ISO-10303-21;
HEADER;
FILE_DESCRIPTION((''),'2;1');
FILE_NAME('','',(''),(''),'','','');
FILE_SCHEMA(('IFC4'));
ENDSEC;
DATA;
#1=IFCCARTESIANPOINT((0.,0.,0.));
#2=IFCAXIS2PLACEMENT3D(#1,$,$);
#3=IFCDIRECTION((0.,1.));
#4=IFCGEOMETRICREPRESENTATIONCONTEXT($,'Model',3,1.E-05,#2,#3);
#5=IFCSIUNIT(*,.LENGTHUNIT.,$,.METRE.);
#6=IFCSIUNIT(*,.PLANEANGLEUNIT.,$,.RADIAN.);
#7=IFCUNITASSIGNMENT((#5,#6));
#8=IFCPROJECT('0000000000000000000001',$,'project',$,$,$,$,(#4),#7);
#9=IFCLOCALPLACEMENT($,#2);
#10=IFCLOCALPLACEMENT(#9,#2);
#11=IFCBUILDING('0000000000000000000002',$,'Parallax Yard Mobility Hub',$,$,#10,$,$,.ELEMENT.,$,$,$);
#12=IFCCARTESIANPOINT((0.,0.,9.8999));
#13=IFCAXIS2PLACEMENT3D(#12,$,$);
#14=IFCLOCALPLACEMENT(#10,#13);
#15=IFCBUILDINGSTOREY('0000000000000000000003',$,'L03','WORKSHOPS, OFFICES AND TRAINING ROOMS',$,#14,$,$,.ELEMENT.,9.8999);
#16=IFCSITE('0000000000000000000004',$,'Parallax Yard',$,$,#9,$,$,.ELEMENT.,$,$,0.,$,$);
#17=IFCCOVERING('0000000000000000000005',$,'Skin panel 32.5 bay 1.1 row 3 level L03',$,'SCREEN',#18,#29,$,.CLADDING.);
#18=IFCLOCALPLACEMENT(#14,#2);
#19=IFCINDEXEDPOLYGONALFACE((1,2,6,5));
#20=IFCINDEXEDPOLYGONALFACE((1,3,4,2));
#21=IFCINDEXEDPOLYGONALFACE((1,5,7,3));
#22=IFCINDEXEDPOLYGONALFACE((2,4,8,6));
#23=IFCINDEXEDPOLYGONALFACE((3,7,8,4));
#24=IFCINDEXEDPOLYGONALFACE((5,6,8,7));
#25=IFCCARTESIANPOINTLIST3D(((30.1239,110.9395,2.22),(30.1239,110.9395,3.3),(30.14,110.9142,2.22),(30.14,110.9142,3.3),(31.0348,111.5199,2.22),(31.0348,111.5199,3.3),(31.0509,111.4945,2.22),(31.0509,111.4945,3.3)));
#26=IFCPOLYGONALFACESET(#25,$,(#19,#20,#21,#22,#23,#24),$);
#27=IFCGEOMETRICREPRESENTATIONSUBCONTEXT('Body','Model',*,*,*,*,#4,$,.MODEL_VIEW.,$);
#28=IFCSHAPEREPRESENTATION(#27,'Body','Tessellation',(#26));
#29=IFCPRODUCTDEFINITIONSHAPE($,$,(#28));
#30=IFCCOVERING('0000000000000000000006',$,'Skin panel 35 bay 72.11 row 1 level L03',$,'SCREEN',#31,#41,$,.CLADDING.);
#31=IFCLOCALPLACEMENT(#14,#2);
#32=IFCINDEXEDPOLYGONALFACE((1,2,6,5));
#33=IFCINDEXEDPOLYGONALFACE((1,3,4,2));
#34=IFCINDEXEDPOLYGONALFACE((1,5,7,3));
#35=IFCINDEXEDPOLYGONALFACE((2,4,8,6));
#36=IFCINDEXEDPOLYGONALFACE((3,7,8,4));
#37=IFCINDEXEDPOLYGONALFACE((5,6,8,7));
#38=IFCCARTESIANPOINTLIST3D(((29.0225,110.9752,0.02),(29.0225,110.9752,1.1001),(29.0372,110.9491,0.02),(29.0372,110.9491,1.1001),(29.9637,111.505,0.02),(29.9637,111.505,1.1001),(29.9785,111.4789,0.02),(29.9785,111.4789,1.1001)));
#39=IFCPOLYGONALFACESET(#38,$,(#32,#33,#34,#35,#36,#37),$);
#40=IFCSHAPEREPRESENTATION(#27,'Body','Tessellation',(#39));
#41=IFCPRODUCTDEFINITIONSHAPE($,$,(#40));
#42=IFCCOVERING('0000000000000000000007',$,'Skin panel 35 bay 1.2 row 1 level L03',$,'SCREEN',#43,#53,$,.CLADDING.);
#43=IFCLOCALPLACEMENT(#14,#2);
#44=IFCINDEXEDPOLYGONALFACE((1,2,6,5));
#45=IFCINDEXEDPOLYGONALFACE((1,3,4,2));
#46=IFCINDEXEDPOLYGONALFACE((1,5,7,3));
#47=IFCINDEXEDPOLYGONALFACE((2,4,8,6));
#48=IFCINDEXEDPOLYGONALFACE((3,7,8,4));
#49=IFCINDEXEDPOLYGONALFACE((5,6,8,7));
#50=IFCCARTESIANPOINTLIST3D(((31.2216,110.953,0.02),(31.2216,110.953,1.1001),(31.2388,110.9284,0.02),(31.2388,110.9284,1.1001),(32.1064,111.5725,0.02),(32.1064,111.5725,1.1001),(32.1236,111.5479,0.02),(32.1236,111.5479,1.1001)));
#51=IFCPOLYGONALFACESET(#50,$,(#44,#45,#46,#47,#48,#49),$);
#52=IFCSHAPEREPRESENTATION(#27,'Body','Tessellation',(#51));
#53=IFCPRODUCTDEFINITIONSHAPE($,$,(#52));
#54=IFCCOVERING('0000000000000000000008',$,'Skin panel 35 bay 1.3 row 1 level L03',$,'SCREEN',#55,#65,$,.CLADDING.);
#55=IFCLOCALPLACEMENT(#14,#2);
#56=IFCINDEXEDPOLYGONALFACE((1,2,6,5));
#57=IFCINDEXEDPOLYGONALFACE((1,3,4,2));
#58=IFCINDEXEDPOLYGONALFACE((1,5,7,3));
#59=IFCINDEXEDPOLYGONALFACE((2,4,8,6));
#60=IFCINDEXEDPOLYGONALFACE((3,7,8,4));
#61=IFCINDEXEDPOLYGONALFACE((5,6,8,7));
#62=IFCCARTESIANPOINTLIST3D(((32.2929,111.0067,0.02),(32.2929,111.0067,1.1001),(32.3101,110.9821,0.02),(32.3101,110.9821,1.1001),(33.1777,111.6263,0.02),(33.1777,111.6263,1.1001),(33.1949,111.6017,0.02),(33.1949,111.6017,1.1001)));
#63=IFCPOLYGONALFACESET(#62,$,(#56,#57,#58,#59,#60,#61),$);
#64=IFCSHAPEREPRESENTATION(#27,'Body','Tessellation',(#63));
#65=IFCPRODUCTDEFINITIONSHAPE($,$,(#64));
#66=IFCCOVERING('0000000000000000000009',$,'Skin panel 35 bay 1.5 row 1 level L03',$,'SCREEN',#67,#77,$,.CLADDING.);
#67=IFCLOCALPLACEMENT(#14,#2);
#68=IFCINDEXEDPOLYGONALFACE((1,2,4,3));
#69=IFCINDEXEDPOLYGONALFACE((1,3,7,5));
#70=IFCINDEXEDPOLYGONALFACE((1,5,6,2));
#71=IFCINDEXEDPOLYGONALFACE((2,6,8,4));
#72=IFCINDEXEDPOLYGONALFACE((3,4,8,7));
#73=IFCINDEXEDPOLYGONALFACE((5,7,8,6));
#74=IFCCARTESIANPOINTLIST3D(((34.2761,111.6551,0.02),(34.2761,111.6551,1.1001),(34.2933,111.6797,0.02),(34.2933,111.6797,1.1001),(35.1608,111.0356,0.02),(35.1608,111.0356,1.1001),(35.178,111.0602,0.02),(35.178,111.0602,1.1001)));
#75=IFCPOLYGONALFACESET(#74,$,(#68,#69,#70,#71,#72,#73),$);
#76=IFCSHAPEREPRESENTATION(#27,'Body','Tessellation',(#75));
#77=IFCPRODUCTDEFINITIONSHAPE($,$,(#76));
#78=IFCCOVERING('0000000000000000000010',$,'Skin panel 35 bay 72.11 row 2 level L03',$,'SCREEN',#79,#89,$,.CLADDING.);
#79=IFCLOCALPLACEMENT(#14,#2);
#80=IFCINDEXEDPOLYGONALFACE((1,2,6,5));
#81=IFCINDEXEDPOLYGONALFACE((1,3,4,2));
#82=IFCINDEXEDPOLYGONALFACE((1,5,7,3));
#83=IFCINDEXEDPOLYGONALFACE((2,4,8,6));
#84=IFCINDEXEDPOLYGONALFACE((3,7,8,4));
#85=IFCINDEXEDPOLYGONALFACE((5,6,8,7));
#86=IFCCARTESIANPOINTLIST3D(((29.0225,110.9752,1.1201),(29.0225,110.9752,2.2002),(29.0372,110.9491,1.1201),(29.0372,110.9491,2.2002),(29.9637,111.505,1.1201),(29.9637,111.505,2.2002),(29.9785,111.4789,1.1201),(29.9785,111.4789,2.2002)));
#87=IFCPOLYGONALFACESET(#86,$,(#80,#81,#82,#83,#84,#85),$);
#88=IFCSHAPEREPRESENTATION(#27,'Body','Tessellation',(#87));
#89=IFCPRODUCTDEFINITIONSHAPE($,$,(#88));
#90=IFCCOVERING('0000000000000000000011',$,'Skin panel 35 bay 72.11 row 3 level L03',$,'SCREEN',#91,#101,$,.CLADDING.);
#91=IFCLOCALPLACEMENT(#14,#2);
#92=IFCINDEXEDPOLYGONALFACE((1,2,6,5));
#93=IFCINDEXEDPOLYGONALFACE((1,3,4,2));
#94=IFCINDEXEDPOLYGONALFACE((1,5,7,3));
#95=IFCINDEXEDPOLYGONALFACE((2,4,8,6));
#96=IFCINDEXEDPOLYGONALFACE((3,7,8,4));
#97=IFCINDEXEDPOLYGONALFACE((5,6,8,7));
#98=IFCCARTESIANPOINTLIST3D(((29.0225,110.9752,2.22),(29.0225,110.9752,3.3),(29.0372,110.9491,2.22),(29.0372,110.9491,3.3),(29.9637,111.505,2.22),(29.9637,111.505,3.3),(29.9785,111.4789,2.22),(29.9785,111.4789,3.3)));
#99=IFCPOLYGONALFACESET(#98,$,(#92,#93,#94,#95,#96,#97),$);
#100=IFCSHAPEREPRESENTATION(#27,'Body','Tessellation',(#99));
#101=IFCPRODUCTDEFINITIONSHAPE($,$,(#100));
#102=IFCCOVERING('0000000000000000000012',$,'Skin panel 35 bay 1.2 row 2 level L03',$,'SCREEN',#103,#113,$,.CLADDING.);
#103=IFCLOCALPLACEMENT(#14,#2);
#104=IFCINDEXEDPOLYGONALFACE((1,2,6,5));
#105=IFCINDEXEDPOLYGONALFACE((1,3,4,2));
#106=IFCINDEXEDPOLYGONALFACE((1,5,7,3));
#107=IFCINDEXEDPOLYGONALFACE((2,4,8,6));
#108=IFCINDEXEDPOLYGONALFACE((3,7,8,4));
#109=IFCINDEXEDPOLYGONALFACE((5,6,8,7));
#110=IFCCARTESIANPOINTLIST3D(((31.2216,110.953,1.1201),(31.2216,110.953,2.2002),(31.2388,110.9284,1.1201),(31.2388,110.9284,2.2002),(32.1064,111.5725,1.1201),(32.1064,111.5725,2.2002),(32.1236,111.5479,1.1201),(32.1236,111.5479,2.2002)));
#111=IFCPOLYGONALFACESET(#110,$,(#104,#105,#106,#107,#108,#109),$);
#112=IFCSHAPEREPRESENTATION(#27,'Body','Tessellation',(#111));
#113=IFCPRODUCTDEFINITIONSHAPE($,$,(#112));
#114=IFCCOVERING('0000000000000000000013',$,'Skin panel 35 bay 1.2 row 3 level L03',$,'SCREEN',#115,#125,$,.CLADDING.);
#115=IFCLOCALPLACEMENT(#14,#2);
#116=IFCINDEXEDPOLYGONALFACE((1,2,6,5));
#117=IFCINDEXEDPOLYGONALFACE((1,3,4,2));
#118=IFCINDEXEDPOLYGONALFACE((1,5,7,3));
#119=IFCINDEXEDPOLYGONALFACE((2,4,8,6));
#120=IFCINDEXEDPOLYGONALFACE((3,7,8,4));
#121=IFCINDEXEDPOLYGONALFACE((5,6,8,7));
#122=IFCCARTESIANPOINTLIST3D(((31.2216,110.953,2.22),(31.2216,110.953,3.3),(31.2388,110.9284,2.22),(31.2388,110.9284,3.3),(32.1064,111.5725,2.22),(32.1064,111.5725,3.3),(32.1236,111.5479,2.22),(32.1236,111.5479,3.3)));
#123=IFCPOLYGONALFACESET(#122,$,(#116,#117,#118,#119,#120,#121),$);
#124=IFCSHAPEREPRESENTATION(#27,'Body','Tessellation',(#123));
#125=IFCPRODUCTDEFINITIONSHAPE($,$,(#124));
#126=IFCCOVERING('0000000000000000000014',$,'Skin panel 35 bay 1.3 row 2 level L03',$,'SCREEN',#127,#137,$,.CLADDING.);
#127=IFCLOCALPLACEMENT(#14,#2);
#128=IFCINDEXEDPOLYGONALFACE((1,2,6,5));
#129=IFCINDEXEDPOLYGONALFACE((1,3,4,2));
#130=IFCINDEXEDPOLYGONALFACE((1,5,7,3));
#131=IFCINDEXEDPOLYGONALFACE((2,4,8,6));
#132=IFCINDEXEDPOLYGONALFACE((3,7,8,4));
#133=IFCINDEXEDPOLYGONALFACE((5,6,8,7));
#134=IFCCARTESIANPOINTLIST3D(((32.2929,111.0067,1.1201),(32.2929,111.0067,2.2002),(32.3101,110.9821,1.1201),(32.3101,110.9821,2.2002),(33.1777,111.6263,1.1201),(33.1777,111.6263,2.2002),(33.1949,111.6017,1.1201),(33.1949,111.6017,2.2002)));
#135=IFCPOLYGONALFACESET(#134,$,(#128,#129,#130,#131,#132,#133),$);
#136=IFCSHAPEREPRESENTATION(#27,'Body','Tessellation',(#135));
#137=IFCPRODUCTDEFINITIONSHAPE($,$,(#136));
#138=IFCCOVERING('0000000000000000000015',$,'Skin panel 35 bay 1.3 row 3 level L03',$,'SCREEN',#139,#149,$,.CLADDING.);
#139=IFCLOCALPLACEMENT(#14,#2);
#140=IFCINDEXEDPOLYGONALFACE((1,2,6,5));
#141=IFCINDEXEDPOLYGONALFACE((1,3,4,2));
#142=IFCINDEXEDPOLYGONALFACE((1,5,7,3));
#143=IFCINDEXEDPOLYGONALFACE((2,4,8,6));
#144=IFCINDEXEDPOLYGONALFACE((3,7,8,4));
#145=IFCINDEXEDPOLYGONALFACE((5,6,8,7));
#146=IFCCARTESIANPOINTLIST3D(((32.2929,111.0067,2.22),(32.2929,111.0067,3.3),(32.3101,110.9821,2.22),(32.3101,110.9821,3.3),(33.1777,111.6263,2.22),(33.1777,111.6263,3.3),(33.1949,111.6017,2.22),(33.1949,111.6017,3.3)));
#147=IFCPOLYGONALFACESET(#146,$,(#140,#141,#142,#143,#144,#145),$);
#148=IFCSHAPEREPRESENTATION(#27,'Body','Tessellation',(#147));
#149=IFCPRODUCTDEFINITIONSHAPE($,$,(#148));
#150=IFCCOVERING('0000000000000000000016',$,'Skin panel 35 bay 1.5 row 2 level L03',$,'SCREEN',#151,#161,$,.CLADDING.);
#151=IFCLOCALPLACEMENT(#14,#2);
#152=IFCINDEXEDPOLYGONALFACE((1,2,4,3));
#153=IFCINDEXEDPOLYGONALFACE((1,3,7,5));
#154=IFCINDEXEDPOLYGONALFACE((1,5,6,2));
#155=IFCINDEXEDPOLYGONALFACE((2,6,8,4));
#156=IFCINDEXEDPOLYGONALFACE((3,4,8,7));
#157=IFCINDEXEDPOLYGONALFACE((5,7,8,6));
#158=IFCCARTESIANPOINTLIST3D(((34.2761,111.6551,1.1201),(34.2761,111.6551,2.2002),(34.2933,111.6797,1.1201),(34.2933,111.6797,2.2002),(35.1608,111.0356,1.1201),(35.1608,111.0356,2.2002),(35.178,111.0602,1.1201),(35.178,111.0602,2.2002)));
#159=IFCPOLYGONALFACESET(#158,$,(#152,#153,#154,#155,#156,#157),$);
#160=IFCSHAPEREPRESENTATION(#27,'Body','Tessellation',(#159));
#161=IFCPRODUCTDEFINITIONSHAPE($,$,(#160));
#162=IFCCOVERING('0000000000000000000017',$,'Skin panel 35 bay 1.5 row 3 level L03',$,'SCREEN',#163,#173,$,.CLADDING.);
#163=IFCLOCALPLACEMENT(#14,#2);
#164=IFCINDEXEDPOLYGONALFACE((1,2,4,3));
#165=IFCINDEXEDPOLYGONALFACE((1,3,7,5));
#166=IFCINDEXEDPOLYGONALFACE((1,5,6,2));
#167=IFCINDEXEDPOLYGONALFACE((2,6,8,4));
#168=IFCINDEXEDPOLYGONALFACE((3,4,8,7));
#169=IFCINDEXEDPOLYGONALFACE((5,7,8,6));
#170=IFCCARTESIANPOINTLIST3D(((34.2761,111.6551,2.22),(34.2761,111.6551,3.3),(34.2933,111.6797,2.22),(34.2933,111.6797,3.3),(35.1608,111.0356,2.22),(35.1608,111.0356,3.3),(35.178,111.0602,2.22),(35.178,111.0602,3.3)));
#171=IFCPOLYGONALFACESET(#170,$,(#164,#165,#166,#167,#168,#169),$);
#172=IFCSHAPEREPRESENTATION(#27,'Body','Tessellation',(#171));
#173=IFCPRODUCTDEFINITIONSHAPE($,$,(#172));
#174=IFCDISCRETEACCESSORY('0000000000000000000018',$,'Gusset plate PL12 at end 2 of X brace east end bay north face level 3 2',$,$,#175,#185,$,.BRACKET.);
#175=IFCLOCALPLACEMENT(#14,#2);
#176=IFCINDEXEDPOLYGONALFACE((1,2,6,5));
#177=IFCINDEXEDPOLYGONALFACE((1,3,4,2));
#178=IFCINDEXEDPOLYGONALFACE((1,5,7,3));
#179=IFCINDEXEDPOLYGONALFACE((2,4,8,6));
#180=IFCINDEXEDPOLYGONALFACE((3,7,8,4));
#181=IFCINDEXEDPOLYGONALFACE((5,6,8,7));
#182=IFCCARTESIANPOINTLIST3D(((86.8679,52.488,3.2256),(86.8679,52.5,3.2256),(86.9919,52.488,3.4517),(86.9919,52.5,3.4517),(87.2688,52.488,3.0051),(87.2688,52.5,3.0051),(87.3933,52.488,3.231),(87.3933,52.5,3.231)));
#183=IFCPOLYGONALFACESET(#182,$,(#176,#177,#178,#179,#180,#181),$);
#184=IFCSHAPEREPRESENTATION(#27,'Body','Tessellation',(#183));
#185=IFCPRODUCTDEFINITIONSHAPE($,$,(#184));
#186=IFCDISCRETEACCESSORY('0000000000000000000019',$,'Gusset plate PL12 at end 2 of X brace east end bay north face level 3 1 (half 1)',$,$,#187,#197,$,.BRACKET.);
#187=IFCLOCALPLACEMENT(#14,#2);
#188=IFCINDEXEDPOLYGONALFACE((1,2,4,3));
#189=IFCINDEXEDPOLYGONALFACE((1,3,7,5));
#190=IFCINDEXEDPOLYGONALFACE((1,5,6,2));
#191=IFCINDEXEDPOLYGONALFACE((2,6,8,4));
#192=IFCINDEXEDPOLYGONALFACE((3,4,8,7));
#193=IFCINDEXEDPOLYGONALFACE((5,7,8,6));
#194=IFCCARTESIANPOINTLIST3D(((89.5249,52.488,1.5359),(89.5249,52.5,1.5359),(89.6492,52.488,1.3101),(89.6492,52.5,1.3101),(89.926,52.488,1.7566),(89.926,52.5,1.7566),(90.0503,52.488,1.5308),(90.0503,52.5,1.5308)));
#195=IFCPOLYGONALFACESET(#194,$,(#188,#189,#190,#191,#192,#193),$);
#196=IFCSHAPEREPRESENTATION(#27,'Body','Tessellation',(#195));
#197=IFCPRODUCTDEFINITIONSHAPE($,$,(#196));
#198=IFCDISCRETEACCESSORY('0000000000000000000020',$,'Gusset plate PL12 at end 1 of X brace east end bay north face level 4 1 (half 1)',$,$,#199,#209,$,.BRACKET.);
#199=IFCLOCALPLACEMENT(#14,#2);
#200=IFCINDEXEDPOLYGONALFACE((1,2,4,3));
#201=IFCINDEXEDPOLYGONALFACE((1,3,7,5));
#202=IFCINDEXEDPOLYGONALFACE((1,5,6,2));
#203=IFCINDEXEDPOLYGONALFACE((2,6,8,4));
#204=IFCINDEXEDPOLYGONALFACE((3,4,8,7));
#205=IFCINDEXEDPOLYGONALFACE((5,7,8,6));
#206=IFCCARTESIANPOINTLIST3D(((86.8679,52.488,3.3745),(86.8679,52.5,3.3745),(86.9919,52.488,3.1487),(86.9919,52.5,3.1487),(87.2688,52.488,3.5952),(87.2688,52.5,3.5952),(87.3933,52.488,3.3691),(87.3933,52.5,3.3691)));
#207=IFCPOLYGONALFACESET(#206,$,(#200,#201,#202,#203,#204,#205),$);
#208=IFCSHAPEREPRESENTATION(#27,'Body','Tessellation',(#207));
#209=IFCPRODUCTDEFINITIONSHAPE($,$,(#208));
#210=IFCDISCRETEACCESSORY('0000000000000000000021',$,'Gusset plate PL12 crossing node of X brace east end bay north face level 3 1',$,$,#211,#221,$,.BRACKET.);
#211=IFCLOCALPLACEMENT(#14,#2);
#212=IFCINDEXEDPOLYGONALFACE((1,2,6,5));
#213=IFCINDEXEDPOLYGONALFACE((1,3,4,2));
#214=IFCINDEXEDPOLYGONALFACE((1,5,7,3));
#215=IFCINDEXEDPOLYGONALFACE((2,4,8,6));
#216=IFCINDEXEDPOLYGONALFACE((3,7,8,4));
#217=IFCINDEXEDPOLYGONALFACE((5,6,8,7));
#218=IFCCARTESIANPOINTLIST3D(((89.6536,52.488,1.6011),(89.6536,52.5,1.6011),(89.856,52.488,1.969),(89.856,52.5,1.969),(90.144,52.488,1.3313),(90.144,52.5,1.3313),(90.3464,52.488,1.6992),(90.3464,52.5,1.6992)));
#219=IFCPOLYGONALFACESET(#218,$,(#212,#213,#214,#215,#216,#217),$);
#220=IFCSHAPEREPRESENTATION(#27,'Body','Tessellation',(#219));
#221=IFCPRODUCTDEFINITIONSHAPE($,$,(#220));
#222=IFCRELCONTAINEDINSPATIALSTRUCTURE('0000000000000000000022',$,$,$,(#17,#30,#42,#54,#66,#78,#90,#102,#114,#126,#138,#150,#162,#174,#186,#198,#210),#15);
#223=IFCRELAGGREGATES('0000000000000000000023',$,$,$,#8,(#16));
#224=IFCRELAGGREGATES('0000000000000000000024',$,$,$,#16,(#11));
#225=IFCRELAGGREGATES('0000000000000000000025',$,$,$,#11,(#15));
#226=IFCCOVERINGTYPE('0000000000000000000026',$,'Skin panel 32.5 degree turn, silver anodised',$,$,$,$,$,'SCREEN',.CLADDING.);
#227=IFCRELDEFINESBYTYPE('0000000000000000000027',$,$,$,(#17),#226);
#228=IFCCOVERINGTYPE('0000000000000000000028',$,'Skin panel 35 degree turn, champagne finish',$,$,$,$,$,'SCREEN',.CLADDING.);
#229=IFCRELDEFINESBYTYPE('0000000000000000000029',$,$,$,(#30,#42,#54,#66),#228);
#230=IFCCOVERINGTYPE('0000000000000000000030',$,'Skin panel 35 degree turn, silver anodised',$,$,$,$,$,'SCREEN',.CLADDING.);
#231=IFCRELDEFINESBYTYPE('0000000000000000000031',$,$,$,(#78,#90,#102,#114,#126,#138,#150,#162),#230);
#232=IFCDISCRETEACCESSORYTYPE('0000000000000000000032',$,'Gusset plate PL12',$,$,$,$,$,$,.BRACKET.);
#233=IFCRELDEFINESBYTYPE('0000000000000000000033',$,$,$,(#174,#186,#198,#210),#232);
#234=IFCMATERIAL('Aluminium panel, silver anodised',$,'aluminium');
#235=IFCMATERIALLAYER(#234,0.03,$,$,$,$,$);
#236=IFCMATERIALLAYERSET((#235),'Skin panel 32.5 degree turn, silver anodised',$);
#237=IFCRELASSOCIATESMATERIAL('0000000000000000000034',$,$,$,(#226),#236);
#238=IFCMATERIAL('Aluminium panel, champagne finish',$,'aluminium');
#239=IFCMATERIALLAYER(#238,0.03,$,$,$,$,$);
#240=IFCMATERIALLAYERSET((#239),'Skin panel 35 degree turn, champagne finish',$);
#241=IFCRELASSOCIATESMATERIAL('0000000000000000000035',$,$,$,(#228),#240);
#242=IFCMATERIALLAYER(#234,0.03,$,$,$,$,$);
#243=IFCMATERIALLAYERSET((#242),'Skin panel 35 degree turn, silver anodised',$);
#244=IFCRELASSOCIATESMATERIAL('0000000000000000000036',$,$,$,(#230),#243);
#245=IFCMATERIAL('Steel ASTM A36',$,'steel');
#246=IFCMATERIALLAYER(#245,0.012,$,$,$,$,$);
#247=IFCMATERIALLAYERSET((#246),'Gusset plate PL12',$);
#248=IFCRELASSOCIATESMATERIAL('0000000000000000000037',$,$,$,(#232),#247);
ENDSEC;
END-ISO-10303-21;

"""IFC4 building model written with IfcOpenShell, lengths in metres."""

from ifc_helpers import new_model, si_unit, direction, frame, origin, origin_2d, place, context, subcontext, project, spatial, polyline, rectangle, outline, extrude, material, layer, layer_set, type_object, element, save


model = new_model("IFC4")

# Units and contexts
model_context = context("Model", 3, precision=1e-05, world=origin(), true_north=direction((0.0, 1.0)))
body_context = subcontext(model_context, "Body", "Model", "MODEL_VIEW")
ifc_project = project(units=[si_unit("LENGTHUNIT", "METRE"), si_unit("PLANEANGLEUNIT", "RADIAN")], contexts=[model_context])

# Site, building, storey
site_placement = place(None, origin())
site = spatial("IfcSite", under=ifc_project, at=site_placement, Name="Parallax Yard", CompositionType="ELEMENT", RefElevation=0.0)
building_placement = place(site_placement, origin())
building = spatial("IfcBuilding", under=site, at=building_placement, Name="Parallax Yard Mobility Hub", CompositionType="ELEMENT")
storey_placement = place(building_placement, frame((0.0, 0.0, 9.8999)))
storey = spatial("IfcBuildingStorey", under=building, at=storey_placement, Name="L03", Description="WORKSHOPS, OFFICES AND TRAINING ROOMS", CompositionType="ELEMENT", Elevation=9.8999)

# Coverings
ifc_material_1 = material(Name="Aluminium panel, champagne finish", Category="aluminium")
ifc_material_2 = material(Name="Aluminium panel, silver anodised", Category="aluminium")
ifc_layer_1 = layer(ifc_material_2, 0.03)
ifc_layer_set_1 = layer_set([ifc_layer_1], Name="Skin panel 32.5 degree turn, silver anodised")
covering_type_1 = type_object("IfcCoveringType", Name="Skin panel 32.5 degree turn, silver anodised", ElementType="SCREEN", PredefinedType="CLADDING", material=ifc_layer_set_1)
for number, where, z_axis, x_axis, name in (
    (1, (30.5874, 111.217, 2.22), (0.0, 0.0, 1.0), (-0.843391, -0.5373, 0.0), "Skin panel 32.5 bay 1.1 row 3 level L03"),
):
    element("IfcCovering", number, at=place(storey_placement, frame(where, z_axis=z_axis, x_axis=x_axis)), inside=storey, type_object=covering_type_1, Name=name, ObjectType="SCREEN", PredefinedType="CLADDING", context=body_context, shape_type="SweptSolid", body=[
        extrude(rectangle(XDim=1.0801, YDim=0.03, at=origin_2d()), origin(), (0.0, 0.0, 1.0), 1.0801),
    ])
ifc_layer_2 = layer(ifc_material_1, 0.03)
ifc_layer_set_2 = layer_set([ifc_layer_2], Name="Skin panel 35 degree turn, champagne finish")
covering_type_2 = type_object("IfcCoveringType", Name="Skin panel 35 degree turn, champagne finish", ElementType="SCREEN", PredefinedType="CLADDING", material=ifc_layer_set_2)
for number, where, z_axis, x_axis, name in (
    (2, (29.5005, 111.2271, 0.02), (0.0, 0.0, 1.0), (-0.871428, -0.490524, 0.0), "Skin panel 35 bay 72.11 row 1 level L03"),
    (3, (31.6726, 111.2505, 0.02), (0.0, 0.0, 1.0), (-0.819152, -0.573576, 0.0), "Skin panel 35 bay 1.2 row 1 level L03"),
    (4, (32.7439, 111.3042, 0.02), (0.0, 0.0, 1.0), (-0.819152, -0.573576, 0.0), "Skin panel 35 bay 1.3 row 1 level L03"),
    (5, (34.7271, 111.3577, 0.02), (0.0, 0.0, 1.0), (0.819152, -0.573576, 0.0), "Skin panel 35 bay 1.5 row 1 level L03"),
):
    element("IfcCovering", number, at=place(storey_placement, frame(where, z_axis=z_axis, x_axis=x_axis)), inside=storey, type_object=covering_type_2, Name=name, ObjectType="SCREEN", PredefinedType="CLADDING", context=body_context, shape_type="SweptSolid", body=[
        extrude(rectangle(XDim=1.0801, YDim=0.03, at=origin_2d()), origin(), (0.0, 0.0, 1.0), 1.0801),
    ])
ifc_layer_3 = layer(ifc_material_2, 0.03)
ifc_layer_set_3 = layer_set([ifc_layer_3], Name="Skin panel 35 degree turn, silver anodised")
covering_type_3 = type_object("IfcCoveringType", Name="Skin panel 35 degree turn, silver anodised", ElementType="SCREEN", PredefinedType="CLADDING", material=ifc_layer_set_3)
for number, where, z_axis, x_axis, name in (
    (6, (29.5005, 111.2271, 1.1201), (0.0, 0.0, 1.0), (-0.871428, -0.490524, 0.0), "Skin panel 35 bay 72.11 row 2 level L03"),
    (7, (29.5005, 111.2271, 2.22), (0.0, 0.0, 1.0), (-0.871428, -0.490524, 0.0), "Skin panel 35 bay 72.11 row 3 level L03"),
    (8, (31.6726, 111.2505, 1.1201), (0.0, 0.0, 1.0), (-0.819152, -0.573576, 0.0), "Skin panel 35 bay 1.2 row 2 level L03"),
    (9, (31.6726, 111.2505, 2.22), (0.0, 0.0, 1.0), (-0.819152, -0.573576, 0.0), "Skin panel 35 bay 1.2 row 3 level L03"),
    (10, (32.7439, 111.3042, 1.1201), (0.0, 0.0, 1.0), (-0.819152, -0.573576, 0.0), "Skin panel 35 bay 1.3 row 2 level L03"),
    (11, (32.7439, 111.3042, 2.22), (0.0, 0.0, 1.0), (-0.819152, -0.573576, 0.0), "Skin panel 35 bay 1.3 row 3 level L03"),
    (12, (34.7271, 111.3577, 1.1201), (0.0, 0.0, 1.0), (0.819152, -0.573576, 0.0), "Skin panel 35 bay 1.5 row 2 level L03"),
    (13, (34.7271, 111.3577, 2.22), (0.0, 0.0, 1.0), (0.819152, -0.573576, 0.0), "Skin panel 35 bay 1.5 row 3 level L03"),
):
    element("IfcCovering", number, at=place(storey_placement, frame(where, z_axis=z_axis, x_axis=x_axis)), inside=storey, type_object=covering_type_3, Name=name, ObjectType="SCREEN", PredefinedType="CLADDING", context=body_context, shape_type="SweptSolid", body=[
        extrude(rectangle(XDim=1.0801, YDim=0.03, at=origin_2d()), origin(), (0.0, 0.0, 1.0), 1.0801),
    ])

# Discrete accessories
ifc_material_3 = material(Name="Steel ASTM A36", Category="steel")
ifc_layer_4 = layer(ifc_material_3, 0.012)
ifc_layer_set_4 = layer_set([ifc_layer_4], Name="Gusset plate PL12")
discrete_accessory_type = type_object("IfcDiscreteAccessoryType", Name="Gusset plate PL12", PredefinedType="BRACKET", material=ifc_layer_set_4)
discrete_accessory_1_placement = place(storey_placement, frame((87.2688, 52.5, 3.0051), z_axis=(0.0, 1.0, 0.0), x_axis=(-0.876238, 0.0, 0.481878)))
element("IfcDiscreteAccessory", 14, at=discrete_accessory_1_placement, inside=storey, type_object=discrete_accessory_type, Name="Gusset plate PL12 at end 2 of X brace east end bay north face level 3 2", PredefinedType="BRACKET", context=body_context, shape_type="SweptSolid", body=[
    extrude(outline(polyline([(0.0, 0.0), (0.4575, 0.0), (0.4578, 0.2579), (-0.0003, 0.2579), (0.0, 0.0)])), origin(), (0.0, 0.0, -1.0), 0.012),
])
discrete_accessory_2_placement = place(storey_placement, frame((89.5249, 52.5, 1.5359), z_axis=(0.0, 1.0, 0.0), x_axis=(0.876137, 0.0, 0.482062)))
element("IfcDiscreteAccessory", 15, at=discrete_accessory_2_placement, inside=storey, type_object=discrete_accessory_type, Name="Gusset plate PL12 at end 2 of X brace east end bay north face level 3 1 (half 1)", PredefinedType="BRACKET", context=body_context, shape_type="SweptSolid", body=[
    extrude(outline(polyline([(0.0, 0.0), (0.4578, 0.0), (0.4578, 0.2578), (0.0, 0.2578), (0.0, 0.0)])), origin(), (0.0, 0.0, -1.0), 0.012),
])
discrete_accessory_3_placement = place(storey_placement, frame((87.3933, 52.5, 3.3691), z_axis=(0.0, 1.0, 0.0), x_axis=(-0.876486, 0.0, -0.481427)))
element("IfcDiscreteAccessory", 16, at=discrete_accessory_3_placement, inside=storey, type_object=discrete_accessory_type, Name="Gusset plate PL12 at end 1 of X brace east end bay north face level 4 1 (half 1)", PredefinedType="BRACKET", context=body_context, shape_type="SweptSolid", body=[
    extrude(outline(polyline([(0.0, 0.0), (0.4579, 0.0), (0.4579, 0.2576), (0.0003, 0.2581), (0.0, 0.0)])), origin(), (0.0, 0.0, -1.0), 0.012),
])
discrete_accessory_4_placement = place(storey_placement, frame((90.144, 52.5, 1.3313), z_axis=(0.0, 1.0, 0.0), x_axis=(-0.876207, 0.0, 0.481935)))
element("IfcDiscreteAccessory", 17, at=discrete_accessory_4_placement, inside=storey, type_object=discrete_accessory_type, Name="Gusset plate PL12 crossing node of X brace east end bay north face level 3 1", PredefinedType="BRACKET", context=body_context, shape_type="SweptSolid", body=[
    extrude(outline(polyline([(0.0, 0.0), (0.5598, 0.0), (0.5598, 0.4199), (0.0, 0.4199), (0.0, 0.0)])), origin(), (0.0, 0.0, -1.0), 0.012),
])

save(model, "model.ifc")
